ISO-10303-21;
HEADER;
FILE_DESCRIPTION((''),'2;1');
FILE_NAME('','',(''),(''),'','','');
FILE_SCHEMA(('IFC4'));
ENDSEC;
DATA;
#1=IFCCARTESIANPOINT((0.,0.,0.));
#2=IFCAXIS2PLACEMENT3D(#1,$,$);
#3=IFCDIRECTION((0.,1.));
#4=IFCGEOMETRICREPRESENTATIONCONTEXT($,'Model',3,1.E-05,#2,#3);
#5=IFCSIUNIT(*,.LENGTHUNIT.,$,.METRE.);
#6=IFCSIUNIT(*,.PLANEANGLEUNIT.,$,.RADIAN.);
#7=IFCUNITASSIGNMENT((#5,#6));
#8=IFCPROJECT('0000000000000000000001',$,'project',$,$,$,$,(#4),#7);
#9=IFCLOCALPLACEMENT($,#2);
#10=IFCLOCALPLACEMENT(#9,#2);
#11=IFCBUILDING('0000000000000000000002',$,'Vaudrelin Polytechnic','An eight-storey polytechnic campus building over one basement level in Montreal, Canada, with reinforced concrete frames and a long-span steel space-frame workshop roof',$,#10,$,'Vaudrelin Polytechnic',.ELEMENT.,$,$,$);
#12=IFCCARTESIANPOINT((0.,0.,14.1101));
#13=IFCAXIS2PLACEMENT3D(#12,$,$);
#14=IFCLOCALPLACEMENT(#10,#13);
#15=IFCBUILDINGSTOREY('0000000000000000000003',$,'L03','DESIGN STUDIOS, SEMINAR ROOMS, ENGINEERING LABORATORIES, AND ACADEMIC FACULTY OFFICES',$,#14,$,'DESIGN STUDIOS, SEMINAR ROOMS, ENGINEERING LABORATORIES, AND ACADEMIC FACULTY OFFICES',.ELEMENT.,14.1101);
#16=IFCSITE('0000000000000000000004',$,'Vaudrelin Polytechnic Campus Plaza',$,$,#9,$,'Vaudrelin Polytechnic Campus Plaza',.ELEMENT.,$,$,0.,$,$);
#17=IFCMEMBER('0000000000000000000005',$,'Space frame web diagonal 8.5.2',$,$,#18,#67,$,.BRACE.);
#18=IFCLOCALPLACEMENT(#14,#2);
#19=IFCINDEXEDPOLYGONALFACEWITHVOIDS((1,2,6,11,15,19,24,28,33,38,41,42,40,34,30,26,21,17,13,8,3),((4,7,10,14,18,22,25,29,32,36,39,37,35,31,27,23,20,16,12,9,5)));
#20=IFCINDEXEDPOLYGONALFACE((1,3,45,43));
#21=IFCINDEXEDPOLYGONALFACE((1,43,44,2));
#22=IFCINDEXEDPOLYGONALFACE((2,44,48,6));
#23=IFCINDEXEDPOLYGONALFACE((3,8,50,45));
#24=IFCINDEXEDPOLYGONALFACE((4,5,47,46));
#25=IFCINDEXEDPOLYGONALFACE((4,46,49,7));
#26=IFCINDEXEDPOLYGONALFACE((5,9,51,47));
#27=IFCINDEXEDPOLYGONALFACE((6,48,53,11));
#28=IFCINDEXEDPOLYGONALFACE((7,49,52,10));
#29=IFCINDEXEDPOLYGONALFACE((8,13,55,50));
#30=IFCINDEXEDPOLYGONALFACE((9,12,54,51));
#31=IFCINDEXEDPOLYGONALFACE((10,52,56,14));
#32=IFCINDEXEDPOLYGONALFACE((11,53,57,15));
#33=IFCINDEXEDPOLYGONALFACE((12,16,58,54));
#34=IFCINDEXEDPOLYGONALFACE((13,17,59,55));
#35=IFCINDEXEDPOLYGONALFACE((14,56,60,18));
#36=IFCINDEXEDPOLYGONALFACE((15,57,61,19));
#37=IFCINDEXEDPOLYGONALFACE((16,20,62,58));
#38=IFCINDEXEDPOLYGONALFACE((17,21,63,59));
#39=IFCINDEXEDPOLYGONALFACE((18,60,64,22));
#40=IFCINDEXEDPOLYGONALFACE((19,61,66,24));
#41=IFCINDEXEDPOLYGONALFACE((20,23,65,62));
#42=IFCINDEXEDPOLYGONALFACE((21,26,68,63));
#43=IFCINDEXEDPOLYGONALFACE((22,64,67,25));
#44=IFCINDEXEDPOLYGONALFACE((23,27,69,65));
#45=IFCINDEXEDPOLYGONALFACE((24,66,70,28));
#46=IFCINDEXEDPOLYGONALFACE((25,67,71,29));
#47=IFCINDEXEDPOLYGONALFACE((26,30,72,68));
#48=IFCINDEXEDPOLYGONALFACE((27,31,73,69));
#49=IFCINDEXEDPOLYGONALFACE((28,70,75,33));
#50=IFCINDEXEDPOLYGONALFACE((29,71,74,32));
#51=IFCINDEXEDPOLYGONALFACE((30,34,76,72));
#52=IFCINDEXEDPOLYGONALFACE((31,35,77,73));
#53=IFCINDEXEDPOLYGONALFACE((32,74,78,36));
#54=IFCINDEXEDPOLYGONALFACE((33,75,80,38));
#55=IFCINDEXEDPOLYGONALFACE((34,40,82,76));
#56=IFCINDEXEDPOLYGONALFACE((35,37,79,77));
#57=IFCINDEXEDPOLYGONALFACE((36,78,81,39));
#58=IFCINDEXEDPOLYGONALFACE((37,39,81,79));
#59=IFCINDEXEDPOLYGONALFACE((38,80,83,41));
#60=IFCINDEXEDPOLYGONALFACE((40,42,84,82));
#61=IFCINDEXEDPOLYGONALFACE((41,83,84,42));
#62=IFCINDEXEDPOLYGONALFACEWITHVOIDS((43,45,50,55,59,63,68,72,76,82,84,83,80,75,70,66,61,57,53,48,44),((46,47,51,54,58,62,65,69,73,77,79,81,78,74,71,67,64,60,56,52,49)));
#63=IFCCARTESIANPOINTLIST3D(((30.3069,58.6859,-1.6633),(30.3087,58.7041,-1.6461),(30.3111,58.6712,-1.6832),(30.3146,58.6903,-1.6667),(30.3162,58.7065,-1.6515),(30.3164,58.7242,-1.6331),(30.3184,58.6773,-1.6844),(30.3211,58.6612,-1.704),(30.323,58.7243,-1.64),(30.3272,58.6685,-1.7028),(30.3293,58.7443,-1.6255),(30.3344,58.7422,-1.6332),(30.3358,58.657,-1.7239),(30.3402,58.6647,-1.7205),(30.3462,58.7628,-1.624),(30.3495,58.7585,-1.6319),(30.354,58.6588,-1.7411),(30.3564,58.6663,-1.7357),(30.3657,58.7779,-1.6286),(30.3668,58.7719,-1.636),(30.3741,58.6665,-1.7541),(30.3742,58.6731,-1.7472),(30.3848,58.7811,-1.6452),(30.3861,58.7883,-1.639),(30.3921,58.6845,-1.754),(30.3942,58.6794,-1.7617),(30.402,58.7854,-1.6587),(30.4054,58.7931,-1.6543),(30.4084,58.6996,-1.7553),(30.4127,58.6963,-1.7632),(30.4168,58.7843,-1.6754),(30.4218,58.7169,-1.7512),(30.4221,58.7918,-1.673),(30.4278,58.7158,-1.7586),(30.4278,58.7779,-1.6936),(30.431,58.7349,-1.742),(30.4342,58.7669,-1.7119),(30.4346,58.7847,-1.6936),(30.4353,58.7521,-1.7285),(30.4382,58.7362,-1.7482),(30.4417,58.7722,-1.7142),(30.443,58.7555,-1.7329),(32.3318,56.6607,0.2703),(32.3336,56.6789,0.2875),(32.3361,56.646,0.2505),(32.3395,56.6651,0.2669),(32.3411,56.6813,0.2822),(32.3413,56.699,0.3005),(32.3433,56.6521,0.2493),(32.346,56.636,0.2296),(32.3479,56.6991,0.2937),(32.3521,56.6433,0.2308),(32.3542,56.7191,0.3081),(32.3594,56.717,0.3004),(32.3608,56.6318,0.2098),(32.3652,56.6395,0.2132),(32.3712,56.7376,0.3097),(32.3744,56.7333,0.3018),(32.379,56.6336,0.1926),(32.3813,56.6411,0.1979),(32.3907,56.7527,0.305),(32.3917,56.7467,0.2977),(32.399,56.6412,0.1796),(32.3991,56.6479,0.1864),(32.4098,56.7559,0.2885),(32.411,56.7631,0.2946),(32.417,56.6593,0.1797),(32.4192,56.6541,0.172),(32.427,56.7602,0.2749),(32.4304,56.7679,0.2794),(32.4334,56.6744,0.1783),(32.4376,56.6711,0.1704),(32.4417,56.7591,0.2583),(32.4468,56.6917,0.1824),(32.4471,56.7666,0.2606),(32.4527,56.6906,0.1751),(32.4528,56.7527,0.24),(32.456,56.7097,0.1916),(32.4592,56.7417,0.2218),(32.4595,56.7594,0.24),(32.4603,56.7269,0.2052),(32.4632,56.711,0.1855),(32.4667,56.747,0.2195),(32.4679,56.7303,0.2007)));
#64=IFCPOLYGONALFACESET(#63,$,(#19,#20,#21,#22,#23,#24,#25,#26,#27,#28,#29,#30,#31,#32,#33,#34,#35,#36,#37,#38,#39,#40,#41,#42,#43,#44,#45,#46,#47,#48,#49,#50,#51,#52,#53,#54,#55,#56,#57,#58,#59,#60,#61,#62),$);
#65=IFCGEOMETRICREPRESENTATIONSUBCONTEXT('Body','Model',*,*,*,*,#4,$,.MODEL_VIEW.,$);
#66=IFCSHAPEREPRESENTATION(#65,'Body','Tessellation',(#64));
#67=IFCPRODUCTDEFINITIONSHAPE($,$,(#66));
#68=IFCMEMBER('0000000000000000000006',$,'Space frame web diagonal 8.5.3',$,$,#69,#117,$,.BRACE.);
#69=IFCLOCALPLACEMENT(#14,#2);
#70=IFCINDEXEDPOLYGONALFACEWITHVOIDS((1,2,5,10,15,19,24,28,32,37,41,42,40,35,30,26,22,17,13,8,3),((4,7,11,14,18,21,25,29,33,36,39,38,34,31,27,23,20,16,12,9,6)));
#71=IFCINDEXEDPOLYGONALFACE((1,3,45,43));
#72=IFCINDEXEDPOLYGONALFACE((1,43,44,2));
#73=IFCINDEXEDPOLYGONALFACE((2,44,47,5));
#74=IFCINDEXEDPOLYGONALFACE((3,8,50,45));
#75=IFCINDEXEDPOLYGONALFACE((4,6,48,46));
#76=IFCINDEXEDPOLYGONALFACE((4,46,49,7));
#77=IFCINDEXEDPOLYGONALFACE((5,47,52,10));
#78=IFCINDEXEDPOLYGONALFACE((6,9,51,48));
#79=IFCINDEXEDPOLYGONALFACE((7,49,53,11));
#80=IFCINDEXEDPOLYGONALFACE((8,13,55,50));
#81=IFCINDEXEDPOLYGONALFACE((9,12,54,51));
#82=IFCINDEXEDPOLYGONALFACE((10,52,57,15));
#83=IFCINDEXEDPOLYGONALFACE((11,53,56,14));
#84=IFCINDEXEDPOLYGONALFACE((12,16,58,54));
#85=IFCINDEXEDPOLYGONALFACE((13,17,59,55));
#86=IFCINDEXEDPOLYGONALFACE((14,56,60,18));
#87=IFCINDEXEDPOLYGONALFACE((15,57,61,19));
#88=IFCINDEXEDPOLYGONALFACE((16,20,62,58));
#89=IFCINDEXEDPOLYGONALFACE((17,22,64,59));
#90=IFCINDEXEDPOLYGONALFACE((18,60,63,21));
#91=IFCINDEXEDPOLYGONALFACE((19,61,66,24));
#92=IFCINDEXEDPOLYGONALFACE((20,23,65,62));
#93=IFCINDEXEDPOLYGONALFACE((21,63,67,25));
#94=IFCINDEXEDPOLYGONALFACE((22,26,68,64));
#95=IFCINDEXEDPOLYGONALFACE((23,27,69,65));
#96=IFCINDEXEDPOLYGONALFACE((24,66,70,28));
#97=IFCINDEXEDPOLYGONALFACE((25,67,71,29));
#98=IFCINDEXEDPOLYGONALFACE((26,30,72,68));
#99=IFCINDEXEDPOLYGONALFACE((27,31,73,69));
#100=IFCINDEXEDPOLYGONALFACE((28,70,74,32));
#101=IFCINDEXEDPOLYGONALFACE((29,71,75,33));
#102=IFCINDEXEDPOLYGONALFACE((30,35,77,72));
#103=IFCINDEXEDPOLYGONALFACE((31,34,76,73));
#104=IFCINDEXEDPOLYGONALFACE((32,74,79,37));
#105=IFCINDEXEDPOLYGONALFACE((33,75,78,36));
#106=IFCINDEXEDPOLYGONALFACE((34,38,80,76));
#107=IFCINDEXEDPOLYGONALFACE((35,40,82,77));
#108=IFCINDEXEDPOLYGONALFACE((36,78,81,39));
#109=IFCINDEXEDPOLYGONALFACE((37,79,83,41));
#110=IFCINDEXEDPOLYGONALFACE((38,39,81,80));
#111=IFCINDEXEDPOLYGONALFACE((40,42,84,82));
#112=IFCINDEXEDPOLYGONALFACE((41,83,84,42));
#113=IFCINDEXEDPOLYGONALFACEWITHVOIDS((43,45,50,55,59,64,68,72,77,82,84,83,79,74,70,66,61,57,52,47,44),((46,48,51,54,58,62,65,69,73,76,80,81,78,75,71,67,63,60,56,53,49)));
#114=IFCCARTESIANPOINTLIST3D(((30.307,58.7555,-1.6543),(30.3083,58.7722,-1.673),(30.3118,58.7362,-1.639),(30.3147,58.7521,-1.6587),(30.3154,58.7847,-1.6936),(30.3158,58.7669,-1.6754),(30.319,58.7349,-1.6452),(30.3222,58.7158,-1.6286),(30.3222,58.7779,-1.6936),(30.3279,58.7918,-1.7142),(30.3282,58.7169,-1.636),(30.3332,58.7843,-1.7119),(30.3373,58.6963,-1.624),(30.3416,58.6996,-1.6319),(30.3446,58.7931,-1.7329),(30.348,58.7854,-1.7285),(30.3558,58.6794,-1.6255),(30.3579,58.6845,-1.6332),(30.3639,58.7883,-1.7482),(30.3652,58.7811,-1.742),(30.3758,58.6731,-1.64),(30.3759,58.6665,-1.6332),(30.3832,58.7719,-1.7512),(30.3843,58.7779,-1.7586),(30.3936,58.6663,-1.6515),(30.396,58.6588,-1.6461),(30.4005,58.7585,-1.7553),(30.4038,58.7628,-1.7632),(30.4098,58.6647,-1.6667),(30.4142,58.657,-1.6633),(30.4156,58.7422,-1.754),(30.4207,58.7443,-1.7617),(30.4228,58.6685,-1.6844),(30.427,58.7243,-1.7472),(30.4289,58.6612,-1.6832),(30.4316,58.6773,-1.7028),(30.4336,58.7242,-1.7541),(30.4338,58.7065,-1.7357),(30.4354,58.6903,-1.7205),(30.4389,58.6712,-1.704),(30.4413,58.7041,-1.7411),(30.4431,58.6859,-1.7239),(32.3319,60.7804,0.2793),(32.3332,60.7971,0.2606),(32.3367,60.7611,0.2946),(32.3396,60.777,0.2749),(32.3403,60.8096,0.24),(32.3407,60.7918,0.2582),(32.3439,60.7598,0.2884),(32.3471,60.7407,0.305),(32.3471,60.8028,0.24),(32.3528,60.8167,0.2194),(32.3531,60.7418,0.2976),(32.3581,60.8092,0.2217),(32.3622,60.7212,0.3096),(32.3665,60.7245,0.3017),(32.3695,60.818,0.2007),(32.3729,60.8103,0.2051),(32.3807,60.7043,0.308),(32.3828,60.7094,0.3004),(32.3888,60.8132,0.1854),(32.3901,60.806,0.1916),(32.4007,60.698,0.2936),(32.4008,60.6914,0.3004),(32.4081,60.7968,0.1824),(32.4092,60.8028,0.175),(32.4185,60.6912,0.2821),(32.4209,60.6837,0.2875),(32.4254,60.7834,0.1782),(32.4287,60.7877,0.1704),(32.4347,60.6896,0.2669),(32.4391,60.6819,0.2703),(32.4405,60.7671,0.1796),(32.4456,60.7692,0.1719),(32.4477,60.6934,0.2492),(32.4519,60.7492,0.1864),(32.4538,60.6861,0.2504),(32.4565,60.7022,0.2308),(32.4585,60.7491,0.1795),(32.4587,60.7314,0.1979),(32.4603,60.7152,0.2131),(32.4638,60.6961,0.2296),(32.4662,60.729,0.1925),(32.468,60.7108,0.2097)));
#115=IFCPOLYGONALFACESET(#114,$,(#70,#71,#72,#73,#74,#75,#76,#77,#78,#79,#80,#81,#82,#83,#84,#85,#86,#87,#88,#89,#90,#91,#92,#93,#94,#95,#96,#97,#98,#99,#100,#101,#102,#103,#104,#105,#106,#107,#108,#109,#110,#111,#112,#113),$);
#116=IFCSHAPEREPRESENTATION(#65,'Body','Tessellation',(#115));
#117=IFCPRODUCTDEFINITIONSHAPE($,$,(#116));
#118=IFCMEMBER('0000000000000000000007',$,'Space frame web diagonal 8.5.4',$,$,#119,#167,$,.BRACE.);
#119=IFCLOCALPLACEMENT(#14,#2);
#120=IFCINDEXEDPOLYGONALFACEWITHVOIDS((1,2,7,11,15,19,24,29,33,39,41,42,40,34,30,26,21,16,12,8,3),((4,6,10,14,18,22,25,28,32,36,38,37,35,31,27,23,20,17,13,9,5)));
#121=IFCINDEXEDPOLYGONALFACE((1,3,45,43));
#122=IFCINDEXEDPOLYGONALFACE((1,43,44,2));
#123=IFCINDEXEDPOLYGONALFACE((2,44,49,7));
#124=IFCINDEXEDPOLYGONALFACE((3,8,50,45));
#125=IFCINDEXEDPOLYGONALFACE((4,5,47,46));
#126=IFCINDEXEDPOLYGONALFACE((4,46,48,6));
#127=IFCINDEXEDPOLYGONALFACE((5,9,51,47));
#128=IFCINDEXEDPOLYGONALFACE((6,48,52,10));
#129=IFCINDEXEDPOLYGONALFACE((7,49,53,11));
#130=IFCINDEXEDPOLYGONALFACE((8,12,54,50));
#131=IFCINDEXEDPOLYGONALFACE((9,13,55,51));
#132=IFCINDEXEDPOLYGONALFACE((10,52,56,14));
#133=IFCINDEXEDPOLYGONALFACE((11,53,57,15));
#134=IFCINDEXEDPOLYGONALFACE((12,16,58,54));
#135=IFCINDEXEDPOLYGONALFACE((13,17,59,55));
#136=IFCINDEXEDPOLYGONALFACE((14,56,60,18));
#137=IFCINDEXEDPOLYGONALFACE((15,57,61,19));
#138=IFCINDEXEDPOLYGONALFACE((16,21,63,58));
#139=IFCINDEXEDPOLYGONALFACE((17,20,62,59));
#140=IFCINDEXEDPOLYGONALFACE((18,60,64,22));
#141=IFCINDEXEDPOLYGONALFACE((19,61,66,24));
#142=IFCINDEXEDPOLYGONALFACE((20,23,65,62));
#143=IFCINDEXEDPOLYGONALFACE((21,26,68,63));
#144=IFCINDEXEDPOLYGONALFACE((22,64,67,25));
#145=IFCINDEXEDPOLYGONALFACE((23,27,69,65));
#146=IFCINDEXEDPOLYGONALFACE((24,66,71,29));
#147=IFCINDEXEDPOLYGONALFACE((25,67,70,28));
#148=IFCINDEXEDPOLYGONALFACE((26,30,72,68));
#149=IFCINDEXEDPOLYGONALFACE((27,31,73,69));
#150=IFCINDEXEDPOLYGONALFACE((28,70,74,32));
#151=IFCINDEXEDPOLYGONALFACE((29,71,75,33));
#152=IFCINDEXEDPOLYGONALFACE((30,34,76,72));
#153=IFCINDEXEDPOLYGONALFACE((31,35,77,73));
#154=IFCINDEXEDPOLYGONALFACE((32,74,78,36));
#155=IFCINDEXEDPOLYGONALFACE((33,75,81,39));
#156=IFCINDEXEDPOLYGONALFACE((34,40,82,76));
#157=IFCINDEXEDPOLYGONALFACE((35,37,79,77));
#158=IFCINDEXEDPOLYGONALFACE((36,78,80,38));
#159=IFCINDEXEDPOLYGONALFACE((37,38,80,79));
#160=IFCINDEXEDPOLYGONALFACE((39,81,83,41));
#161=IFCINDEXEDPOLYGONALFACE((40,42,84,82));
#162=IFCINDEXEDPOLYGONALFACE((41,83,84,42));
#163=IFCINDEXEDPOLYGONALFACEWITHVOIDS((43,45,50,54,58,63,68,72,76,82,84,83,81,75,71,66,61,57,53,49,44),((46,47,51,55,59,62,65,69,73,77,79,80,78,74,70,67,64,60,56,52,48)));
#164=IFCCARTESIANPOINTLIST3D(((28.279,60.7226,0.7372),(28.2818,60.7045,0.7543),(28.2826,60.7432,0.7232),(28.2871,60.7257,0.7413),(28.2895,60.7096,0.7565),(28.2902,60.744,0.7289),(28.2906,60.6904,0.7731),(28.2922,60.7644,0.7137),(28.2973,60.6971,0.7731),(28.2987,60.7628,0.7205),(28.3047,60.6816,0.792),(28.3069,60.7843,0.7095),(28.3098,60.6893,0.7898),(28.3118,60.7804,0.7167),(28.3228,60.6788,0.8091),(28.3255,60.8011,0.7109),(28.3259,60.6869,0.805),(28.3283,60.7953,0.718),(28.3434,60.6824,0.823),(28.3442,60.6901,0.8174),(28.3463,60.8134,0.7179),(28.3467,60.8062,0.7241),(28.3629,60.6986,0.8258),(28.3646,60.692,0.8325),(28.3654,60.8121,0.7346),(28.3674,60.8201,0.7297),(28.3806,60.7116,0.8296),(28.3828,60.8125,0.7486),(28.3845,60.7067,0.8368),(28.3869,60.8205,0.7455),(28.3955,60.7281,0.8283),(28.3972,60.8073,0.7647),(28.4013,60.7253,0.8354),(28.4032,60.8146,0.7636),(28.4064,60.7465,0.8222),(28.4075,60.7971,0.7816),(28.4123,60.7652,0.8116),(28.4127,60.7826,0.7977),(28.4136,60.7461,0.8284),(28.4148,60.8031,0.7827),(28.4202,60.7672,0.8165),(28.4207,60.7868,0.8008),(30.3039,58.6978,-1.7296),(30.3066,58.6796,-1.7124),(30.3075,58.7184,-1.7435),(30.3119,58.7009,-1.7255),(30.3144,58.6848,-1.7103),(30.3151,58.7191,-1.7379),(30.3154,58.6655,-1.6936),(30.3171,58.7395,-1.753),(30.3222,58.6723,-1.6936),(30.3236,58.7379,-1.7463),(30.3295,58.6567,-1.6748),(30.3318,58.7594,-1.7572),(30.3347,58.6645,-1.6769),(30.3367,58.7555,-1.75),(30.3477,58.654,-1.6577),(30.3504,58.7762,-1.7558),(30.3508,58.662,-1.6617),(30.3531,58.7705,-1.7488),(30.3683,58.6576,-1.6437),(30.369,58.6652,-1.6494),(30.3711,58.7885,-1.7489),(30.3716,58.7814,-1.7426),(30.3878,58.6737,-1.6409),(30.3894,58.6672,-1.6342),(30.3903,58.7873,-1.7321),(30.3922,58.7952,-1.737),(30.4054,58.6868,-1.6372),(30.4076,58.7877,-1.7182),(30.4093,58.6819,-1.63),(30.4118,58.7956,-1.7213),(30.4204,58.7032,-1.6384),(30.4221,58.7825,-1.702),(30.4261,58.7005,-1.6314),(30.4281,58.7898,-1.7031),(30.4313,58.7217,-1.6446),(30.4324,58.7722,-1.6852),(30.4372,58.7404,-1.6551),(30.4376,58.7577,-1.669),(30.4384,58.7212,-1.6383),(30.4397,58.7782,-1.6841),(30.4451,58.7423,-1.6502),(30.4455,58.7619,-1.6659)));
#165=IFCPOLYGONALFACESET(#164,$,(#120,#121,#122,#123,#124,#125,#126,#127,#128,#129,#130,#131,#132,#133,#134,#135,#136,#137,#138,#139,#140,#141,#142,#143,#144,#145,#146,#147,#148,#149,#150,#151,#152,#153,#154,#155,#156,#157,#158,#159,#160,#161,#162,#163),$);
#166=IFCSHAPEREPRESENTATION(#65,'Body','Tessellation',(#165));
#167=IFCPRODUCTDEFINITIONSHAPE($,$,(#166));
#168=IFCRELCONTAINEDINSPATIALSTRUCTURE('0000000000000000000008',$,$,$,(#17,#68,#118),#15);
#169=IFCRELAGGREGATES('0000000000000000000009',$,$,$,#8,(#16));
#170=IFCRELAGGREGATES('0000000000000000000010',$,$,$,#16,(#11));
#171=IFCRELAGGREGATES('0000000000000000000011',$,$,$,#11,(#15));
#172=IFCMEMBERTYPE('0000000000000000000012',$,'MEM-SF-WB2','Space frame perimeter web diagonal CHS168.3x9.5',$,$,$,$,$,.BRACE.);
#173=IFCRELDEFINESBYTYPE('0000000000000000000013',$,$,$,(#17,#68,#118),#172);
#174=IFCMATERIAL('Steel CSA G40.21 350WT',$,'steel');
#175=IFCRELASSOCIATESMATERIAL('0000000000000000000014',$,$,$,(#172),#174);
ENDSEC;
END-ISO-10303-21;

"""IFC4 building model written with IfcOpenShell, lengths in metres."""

from ifc_helpers import new_model, si_unit, direction, frame, origin, origin_2d, place, context, subcontext, project, spatial, hollow_circle, extrude, material, material_profile, profile_set, type_object, element, save


model = new_model("IFC4")

# Units and contexts
model_context = context("Model", 3, precision=1e-05, world=origin(), true_north=direction((0.0, 1.0)))
body_context = subcontext(model_context, "Body", "Model", "MODEL_VIEW")
ifc_project = project(units=[si_unit("LENGTHUNIT", "METRE"), si_unit("PLANEANGLEUNIT", "RADIAN")], contexts=[model_context])

# Site, building, storey
site_placement = place(None, origin())
site = spatial("IfcSite", under=ifc_project, at=site_placement, Name="Vaudrelin Polytechnic Campus Plaza", LongName="Vaudrelin Polytechnic Campus Plaza", CompositionType="ELEMENT", RefElevation=0.0)
building_placement = place(site_placement, origin())
building = spatial("IfcBuilding", under=site, at=building_placement, Name="Vaudrelin Polytechnic", Description="An eight-storey polytechnic campus building over one basement level in Montreal, Canada, with reinforced concrete frames and a long-span steel space-frame workshop roof", LongName="Vaudrelin Polytechnic", CompositionType="ELEMENT")
storey_placement = place(building_placement, frame((0.0, 0.0, 14.1101)))
storey = spatial("IfcBuildingStorey", under=building, at=storey_placement, Name="L03", Description="DESIGN STUDIOS, SEMINAR ROOMS, ENGINEERING LABORATORIES, AND ACADEMIC FACULTY OFFICES", LongName="DESIGN STUDIOS, SEMINAR ROOMS, ENGINEERING LABORATORIES, AND ACADEMIC FACULTY OFFICES", CompositionType="ELEMENT", Elevation=14.1101)

# Members
ifc_material_1 = material(Name="Steel CSA G40.21 350WT", Category="steel")
ifc_material_profile_1 = material_profile(ifc_material_1, hollow_circle(Radius=0.0842, WallThickness=0.0095, at=origin_2d()), Name="CHS168.3x9.5")
ifc_profile_set_1 = profile_set([ifc_material_profile_1], Name="Steel CSA G40.21 350WT")
member_type_1 = type_object("IfcMemberType", Name="MEM-SF-WB2", Description="Space frame perimeter web diagonal CHS168.3x9.5", PredefinedType="BRACE", material=ifc_profile_set_1)
member_1_placement = place(storey_placement, frame((30.375, 58.7251, -1.6936), z_axis=(0.586, -0.586071, 0.559576), x_axis=(0.707149, 0.707064, 0.0)))
element("IfcMember", 1, at=member_1_placement, inside=storey, type_object=member_type_1, Name="Space frame web diagonal 8.5.2", PredefinedType="BRACE", context=body_context, shape_type="SweptSolid", body=[
    extrude(hollow_circle(Radius=0.0842, WallThickness=0.0095, at=origin_2d()), origin(), (0.0, 0.0, 1.0), 3.4556),
])
member_2_placement = place(storey_placement, frame((30.375, 58.7251, -1.6936), z_axis=(0.586024, 0.586024, 0.559599), x_axis=(-0.707107, 0.707107, 0.0)))
element("IfcMember", 2, at=member_2_placement, inside=storey, type_object=member_type_1, Name="Space frame web diagonal 8.5.3", PredefinedType="BRACE", context=body_context, shape_type="SweptSolid", body=[
    extrude(hollow_circle(Radius=0.0842, WallThickness=0.0095, at=origin_2d()), origin(), (0.0, 0.0, 1.0), 3.4553),
])
for number, where, z_axis, x_axis, name in (
    (3, (30.375, 58.7251, -1.6936), (-0.535742, 0.535742, 0.652657), (-0.707107, -0.707107, 0.0), "Space frame web diagonal 8.5.4"),
):
    element("IfcMember", number, at=place(storey_placement, frame(where, z_axis=z_axis, x_axis=x_axis)), inside=storey, type_object=member_type_1, Name=name, PredefinedType="BRACE", context=body_context, shape_type="SweptSolid", body=[
        extrude(hollow_circle(Radius=0.0842, WallThickness=0.0095, at=origin_2d()), origin(), (0.0, 0.0, 1.0), 3.7795),
    ])

save(model, "model.ifc")
